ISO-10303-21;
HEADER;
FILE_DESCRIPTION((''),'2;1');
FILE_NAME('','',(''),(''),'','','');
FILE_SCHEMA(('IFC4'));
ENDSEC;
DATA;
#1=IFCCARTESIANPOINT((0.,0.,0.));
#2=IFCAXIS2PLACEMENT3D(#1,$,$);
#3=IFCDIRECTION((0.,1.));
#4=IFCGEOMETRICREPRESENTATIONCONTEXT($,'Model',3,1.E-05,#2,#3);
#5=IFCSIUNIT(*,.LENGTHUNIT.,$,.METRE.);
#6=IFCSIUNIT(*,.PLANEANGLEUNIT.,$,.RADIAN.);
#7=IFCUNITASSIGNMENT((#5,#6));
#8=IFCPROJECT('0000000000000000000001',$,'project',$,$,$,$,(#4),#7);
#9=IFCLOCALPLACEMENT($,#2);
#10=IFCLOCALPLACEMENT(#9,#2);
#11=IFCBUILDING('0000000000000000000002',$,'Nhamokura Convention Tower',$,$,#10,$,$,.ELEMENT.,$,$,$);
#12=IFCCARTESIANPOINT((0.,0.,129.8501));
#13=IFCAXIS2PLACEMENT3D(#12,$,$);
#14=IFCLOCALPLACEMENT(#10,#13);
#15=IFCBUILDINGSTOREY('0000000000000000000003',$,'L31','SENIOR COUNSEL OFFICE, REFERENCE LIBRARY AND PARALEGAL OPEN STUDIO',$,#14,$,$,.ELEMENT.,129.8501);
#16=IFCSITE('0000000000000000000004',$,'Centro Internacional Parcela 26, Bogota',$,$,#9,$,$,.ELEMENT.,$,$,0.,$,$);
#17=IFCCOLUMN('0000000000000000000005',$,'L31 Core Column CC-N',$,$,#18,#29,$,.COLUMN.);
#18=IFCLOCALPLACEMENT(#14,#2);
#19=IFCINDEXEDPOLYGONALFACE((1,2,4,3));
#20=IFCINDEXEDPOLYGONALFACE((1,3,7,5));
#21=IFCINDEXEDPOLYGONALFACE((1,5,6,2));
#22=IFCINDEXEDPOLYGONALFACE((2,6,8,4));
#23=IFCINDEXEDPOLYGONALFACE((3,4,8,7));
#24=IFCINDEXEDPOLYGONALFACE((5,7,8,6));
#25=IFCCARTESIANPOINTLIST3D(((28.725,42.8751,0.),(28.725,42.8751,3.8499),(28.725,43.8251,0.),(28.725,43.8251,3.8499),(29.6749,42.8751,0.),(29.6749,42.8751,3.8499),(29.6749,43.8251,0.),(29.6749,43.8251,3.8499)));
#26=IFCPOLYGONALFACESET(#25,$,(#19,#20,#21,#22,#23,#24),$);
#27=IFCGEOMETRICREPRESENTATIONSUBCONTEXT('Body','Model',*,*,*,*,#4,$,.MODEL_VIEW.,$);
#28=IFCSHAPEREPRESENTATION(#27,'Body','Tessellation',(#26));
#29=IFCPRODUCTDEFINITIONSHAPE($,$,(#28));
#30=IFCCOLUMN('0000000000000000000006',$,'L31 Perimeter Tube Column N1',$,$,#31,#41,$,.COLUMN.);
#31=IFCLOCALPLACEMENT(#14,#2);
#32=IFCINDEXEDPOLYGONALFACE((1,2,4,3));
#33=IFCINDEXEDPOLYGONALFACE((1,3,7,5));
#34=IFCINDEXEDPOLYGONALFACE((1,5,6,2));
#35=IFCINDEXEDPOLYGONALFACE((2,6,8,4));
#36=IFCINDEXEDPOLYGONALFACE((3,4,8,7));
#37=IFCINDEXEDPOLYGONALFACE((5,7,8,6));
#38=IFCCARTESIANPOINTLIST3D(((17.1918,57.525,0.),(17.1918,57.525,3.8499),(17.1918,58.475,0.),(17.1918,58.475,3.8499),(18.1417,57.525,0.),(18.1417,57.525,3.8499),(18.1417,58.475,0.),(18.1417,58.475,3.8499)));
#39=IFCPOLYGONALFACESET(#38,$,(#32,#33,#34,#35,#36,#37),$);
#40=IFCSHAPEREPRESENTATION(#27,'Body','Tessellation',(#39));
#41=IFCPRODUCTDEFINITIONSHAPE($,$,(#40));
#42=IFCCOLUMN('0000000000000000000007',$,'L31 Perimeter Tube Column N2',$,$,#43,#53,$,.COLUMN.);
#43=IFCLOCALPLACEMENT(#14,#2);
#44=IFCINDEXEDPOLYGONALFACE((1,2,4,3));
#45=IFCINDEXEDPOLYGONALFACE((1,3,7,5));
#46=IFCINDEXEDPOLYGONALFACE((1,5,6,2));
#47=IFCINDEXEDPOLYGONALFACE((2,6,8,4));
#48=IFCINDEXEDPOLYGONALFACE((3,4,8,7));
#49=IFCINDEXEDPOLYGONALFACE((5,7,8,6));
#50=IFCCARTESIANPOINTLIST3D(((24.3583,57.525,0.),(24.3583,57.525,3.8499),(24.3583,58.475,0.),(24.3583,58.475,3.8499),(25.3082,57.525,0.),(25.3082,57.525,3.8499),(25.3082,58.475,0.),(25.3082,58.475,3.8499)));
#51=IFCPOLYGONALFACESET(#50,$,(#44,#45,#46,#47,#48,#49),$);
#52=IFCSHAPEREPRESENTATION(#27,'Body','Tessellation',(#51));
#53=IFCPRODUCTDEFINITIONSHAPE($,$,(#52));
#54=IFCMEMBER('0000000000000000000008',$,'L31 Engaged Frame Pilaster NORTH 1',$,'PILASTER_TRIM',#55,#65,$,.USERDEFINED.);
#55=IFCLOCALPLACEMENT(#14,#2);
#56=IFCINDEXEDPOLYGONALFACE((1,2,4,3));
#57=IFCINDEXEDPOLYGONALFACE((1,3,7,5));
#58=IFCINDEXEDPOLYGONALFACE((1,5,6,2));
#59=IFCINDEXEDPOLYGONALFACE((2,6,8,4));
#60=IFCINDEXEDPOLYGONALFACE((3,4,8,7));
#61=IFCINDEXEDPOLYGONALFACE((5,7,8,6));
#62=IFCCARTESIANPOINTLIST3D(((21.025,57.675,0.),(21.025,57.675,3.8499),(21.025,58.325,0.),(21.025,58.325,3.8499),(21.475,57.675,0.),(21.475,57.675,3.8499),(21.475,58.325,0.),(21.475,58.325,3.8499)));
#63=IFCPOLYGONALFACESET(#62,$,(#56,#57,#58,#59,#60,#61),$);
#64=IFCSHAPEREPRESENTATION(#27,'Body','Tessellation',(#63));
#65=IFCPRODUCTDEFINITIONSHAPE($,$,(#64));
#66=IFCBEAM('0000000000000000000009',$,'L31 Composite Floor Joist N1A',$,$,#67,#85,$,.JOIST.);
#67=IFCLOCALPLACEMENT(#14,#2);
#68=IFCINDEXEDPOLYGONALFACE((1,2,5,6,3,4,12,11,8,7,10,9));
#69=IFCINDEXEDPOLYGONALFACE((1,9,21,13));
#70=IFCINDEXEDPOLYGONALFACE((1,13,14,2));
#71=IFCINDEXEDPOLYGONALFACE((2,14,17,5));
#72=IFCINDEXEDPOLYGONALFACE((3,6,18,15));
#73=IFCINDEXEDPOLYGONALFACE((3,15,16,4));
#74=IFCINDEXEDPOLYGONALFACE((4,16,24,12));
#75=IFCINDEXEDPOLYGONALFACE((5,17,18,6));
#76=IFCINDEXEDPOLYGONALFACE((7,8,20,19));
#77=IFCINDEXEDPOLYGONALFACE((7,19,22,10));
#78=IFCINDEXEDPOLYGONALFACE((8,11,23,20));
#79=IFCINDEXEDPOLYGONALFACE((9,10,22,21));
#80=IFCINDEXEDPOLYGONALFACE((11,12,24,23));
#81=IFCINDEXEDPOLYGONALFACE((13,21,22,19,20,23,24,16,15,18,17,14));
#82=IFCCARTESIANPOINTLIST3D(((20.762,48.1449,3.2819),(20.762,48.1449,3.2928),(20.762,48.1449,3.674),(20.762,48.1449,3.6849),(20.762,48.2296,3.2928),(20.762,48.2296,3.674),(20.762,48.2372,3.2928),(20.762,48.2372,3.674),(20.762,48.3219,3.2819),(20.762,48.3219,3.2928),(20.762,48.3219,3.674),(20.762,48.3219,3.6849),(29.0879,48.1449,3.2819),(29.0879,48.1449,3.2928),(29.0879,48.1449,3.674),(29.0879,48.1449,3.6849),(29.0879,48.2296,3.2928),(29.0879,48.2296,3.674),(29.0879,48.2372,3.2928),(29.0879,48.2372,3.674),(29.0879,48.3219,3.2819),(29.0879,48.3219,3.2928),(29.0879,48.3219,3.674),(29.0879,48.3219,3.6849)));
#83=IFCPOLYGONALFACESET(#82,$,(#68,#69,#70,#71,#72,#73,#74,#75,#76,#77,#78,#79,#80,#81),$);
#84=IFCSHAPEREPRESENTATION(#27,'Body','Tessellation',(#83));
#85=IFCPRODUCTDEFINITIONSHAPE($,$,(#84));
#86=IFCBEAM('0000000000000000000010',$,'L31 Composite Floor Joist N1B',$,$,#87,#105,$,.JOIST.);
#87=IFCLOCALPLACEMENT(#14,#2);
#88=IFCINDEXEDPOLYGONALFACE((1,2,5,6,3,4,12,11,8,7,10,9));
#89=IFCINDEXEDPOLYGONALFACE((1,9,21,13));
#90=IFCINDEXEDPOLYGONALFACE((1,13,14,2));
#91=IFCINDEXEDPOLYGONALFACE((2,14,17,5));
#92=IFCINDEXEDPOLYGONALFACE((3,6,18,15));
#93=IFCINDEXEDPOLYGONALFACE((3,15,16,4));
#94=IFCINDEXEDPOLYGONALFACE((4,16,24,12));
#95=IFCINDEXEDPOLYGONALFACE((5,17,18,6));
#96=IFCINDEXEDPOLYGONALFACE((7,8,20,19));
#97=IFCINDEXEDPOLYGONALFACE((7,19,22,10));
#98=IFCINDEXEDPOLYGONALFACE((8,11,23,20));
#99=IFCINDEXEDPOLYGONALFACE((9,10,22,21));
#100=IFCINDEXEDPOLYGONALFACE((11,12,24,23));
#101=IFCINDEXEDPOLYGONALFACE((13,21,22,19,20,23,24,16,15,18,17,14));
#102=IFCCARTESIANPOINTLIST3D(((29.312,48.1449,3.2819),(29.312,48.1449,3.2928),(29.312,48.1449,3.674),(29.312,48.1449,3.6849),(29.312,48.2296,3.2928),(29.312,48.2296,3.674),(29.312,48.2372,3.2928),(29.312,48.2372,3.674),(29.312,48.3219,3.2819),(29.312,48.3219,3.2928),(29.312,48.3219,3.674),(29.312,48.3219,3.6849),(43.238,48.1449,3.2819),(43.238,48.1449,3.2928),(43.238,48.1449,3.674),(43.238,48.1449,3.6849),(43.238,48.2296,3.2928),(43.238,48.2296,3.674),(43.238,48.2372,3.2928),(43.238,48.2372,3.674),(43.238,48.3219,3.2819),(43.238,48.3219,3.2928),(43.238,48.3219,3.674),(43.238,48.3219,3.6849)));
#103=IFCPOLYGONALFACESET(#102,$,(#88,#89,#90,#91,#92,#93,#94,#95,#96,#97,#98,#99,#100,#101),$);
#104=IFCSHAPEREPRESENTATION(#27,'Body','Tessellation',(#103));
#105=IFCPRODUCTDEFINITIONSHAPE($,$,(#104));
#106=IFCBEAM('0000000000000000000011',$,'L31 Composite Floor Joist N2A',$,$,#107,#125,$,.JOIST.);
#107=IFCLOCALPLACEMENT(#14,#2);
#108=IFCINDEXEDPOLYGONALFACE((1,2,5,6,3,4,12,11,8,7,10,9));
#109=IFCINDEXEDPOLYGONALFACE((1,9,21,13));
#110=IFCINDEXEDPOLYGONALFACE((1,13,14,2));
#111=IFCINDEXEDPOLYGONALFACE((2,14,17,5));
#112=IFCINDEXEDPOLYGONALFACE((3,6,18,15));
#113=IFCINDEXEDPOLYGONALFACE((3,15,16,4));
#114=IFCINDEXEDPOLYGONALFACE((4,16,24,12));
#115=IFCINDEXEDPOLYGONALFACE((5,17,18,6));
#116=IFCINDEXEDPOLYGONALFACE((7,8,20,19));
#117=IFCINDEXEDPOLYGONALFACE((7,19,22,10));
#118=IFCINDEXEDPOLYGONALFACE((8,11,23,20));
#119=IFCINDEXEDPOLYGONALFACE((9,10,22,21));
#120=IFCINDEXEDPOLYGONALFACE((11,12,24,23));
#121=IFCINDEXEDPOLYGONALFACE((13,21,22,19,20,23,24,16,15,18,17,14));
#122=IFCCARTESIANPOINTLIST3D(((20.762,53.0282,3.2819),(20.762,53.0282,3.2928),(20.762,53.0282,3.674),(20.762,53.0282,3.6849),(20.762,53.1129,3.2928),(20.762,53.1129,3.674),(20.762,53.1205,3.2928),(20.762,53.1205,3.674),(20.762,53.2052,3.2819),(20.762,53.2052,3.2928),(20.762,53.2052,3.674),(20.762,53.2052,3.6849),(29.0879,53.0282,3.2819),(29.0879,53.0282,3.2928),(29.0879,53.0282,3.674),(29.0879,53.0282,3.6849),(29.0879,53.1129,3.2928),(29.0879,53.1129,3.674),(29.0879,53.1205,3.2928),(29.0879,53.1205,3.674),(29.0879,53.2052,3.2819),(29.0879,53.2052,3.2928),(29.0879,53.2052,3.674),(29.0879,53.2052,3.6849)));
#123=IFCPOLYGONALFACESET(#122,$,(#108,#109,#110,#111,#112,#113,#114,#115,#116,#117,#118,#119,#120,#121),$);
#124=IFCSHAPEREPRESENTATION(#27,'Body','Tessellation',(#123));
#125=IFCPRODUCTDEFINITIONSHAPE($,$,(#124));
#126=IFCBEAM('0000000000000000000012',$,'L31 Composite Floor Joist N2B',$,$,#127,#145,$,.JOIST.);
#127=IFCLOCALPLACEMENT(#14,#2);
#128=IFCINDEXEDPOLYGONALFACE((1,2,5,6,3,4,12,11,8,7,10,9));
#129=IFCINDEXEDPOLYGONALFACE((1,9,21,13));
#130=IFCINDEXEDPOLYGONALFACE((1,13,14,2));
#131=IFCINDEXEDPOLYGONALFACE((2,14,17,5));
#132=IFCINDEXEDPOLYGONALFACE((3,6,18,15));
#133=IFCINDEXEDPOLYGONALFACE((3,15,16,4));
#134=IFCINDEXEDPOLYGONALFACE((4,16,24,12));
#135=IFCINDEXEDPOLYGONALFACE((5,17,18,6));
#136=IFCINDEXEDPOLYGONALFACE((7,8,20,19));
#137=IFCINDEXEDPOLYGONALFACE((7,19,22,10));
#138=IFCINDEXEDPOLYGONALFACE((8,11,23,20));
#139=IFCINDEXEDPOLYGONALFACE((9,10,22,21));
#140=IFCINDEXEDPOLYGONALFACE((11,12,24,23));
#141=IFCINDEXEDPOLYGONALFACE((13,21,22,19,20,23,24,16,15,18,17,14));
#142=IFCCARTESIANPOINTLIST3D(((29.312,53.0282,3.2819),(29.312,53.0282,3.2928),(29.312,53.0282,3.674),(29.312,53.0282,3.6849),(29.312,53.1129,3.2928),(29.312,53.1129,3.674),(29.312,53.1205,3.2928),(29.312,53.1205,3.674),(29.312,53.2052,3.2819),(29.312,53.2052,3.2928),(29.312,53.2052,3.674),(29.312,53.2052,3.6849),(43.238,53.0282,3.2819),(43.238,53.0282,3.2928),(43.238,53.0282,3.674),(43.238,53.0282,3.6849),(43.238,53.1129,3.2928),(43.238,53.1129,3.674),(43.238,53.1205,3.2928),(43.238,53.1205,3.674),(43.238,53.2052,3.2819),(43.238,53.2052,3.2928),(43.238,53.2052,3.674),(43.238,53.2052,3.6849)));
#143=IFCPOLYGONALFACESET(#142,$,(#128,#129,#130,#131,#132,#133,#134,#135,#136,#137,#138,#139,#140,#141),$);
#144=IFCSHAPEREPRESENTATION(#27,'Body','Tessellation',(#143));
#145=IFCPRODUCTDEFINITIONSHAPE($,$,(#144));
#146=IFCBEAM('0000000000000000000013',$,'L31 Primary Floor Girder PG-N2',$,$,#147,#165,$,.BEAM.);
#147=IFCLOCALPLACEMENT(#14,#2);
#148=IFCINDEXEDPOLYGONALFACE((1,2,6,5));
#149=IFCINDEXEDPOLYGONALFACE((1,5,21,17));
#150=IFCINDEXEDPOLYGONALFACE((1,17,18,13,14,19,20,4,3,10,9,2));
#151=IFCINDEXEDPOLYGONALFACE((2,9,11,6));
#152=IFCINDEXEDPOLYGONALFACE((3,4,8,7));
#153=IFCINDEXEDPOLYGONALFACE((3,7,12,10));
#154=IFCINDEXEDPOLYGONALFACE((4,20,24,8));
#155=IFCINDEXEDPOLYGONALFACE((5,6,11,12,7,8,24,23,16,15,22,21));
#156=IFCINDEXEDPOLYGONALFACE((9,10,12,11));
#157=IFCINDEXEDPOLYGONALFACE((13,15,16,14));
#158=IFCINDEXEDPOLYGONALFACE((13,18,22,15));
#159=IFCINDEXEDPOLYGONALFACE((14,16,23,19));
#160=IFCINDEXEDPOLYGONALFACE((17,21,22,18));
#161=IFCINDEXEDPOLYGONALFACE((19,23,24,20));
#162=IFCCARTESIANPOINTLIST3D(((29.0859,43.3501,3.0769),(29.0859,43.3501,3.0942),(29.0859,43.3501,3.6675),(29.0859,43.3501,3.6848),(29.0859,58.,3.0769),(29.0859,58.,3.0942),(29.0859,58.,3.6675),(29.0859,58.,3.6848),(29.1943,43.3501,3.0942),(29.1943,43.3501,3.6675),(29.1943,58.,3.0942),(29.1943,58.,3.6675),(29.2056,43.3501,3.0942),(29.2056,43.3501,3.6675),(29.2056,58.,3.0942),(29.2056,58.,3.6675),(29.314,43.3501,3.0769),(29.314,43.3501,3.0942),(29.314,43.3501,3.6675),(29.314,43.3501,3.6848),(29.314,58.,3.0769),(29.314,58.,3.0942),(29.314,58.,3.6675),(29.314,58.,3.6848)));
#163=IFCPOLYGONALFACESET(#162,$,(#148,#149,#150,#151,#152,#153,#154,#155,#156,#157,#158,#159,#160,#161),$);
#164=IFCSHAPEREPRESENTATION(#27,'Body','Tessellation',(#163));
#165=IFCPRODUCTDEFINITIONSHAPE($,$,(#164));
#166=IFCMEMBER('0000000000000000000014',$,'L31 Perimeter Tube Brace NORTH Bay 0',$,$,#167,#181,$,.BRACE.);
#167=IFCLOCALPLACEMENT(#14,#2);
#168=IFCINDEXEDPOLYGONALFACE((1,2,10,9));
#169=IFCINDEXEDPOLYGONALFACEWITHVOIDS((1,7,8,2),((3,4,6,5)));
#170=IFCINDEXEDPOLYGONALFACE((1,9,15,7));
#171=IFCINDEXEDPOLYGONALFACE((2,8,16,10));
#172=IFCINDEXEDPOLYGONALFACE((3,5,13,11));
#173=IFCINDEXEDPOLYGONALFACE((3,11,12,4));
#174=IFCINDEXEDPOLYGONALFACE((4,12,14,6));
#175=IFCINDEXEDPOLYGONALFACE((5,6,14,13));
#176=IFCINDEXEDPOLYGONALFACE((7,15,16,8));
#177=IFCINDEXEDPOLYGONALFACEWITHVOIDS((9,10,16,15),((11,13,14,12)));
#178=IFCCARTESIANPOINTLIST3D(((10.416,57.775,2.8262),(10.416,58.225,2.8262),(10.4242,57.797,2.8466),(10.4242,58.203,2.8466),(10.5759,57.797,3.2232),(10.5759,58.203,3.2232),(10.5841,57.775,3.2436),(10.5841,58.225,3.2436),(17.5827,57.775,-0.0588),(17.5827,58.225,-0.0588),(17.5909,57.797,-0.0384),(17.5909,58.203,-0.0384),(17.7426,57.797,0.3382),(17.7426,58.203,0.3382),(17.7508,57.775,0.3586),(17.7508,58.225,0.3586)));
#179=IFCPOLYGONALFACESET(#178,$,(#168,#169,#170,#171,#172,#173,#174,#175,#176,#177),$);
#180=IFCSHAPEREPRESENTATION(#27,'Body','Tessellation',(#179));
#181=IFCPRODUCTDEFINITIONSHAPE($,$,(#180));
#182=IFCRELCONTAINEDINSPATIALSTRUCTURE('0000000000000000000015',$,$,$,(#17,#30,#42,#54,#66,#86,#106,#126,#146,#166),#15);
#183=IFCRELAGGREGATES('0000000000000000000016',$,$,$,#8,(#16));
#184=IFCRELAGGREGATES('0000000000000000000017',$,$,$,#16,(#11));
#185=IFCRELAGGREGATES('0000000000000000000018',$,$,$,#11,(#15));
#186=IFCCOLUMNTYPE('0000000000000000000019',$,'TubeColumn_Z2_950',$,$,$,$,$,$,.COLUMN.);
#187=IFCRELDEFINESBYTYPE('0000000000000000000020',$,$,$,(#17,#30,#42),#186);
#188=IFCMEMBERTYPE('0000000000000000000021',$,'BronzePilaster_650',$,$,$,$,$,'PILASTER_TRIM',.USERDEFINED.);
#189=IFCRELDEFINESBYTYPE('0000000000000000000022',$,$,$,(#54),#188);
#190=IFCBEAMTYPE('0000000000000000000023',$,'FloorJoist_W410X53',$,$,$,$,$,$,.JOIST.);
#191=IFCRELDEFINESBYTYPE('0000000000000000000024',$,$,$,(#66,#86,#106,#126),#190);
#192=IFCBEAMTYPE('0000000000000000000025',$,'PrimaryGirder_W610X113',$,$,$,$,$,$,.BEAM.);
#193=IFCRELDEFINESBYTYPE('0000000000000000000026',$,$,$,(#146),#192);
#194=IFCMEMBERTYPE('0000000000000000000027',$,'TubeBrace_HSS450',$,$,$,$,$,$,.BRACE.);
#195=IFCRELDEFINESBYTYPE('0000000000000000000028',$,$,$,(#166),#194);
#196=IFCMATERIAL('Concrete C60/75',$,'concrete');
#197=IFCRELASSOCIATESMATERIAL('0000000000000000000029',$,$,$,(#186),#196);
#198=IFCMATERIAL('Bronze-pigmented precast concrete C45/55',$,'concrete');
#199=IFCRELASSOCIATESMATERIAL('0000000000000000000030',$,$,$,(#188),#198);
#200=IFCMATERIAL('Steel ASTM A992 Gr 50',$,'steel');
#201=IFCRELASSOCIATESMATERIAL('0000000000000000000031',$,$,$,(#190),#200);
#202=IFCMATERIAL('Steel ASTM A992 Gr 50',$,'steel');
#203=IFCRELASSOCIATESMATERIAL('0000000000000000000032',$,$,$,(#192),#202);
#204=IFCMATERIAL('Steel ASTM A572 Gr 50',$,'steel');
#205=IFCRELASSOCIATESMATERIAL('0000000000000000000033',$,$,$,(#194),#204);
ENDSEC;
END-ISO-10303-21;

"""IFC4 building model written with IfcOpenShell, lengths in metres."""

from ifc_helpers import new_model, si_unit, direction, frame, origin, origin_2d, place, context, subcontext, project, spatial, rectangle, hollow_rectangle, i_section, extrude, material, material_profile, profile_set, type_object, element, save


model = new_model("IFC4")

# Units and contexts
model_context = context("Model", 3, precision=1e-05, world=origin(), true_north=direction((0.0, 1.0)))
body_context = subcontext(model_context, "Body", "Model", "MODEL_VIEW")
ifc_project = project(units=[si_unit("LENGTHUNIT", "METRE"), si_unit("PLANEANGLEUNIT", "RADIAN")], contexts=[model_context])

# Site, building, storey
site_placement = place(None, origin())
site = spatial("IfcSite", under=ifc_project, at=site_placement, Name="Centro Internacional Parcela 26, Bogota", CompositionType="ELEMENT", RefElevation=0.0)
building_placement = place(site_placement, origin())
building = spatial("IfcBuilding", under=site, at=building_placement, Name="Nhamokura Convention Tower", CompositionType="ELEMENT")
storey_placement = place(building_placement, frame((0.0, 0.0, 129.8501)))
storey = spatial("IfcBuildingStorey", under=building, at=storey_placement, Name="L31", Description="SENIOR COUNSEL OFFICE, REFERENCE LIBRARY AND PARALEGAL OPEN STUDIO", CompositionType="ELEMENT", Elevation=129.8501)

# Columns
ifc_material_1 = material(Name="Concrete C60/75", Category="concrete")
ifc_material_profile_1 = material_profile(ifc_material_1, rectangle(XDim=0.95, YDim=0.95, at=origin_2d()))
ifc_profile_set_1 = profile_set([ifc_material_profile_1], Name="Concrete C60/75")
column_type = type_object("IfcColumnType", Name="TubeColumn_Z2_950", PredefinedType="COLUMN", material=ifc_profile_set_1)
for number, where, z_axis, x_axis, name in (
    (1, (29.2, 43.3501, 0.0), (0.0, 0.0, 1.0), (1.0, 0.0, 0.0), "L31 Core Column CC-N"),
    (2, (17.6667, 58.0, 0.0), (0.0, 0.0, 1.0), (1.0, 0.0, 0.0), "L31 Perimeter Tube Column N1"),
    (3, (24.8333, 58.0, 0.0), (0.0, 0.0, 1.0), (1.0, 0.0, 0.0), "L31 Perimeter Tube Column N2"),
):
    element("IfcColumn", number, at=place(storey_placement, frame(where, z_axis=z_axis, x_axis=x_axis)), inside=storey, type_object=column_type, Name=name, PredefinedType="COLUMN", context=body_context, shape_type="SweptSolid", body=[
        extrude(rectangle(XDim=0.95, YDim=0.95, at=origin_2d()), origin(), (0.0, 0.0, 1.0), 3.8499),
    ])

# Member
ifc_material_2 = material(Name="Bronze-pigmented precast concrete C45/55", Category="concrete")
ifc_material_profile_2 = material_profile(ifc_material_2, rectangle(XDim=0.45, YDim=0.6499, at=origin_2d()))
ifc_profile_set_2 = profile_set([ifc_material_profile_2], Name="Bronze-pigmented precast concrete C45/55")
member_type_1 = type_object("IfcMemberType", Name="BronzePilaster_650", ElementType="PILASTER_TRIM", PredefinedType="USERDEFINED", material=ifc_profile_set_2)
member_1_placement = place(storey_placement, frame((21.25, 58.0, 0.0), z_axis=(0.0, 0.0, 1.0), x_axis=(1.0, 0.0, 0.0)))
element("IfcMember", 4, at=member_1_placement, inside=storey, type_object=member_type_1, Name="L31 Engaged Frame Pilaster NORTH 1", ObjectType="PILASTER_TRIM", PredefinedType="USERDEFINED", context=body_context, shape_type="SweptSolid", body=[
    extrude(rectangle(XDim=0.45, YDim=0.6499, at=origin_2d()), origin(), (0.0, 0.0, 1.0), 3.8499),
])

# Beams
ifc_material_3 = material(Name="Steel ASTM A992 Gr 50", Category="steel")
ifc_material_profile_3 = material_profile(ifc_material_3, i_section(OverallWidth=0.177, OverallDepth=0.4031, WebThickness=0.0076, FlangeThickness=0.011, at=origin_2d()))
ifc_profile_set_3 = profile_set([ifc_material_profile_3], Name="Steel ASTM A992 Gr 50")
beam_type_1 = type_object("IfcBeamType", Name="FloorJoist_W410X53", PredefinedType="JOIST", material=ifc_profile_set_3)
beam_1_placement = place(storey_placement, frame((20.762, 48.2334, 3.4834), z_axis=(1.0, 0.0, 0.0), x_axis=(0.0, 1.0, 0.0)))
element("IfcBeam", 5, at=beam_1_placement, inside=storey, type_object=beam_type_1, Name="L31 Composite Floor Joist N1A", PredefinedType="JOIST", context=body_context, shape_type="SweptSolid", body=[
    extrude(i_section(OverallWidth=0.177, OverallDepth=0.4031, WebThickness=0.0076, FlangeThickness=0.011, at=origin_2d()), origin(), (0.0, 0.0, 1.0), 8.3259),
])
beam_2_placement = place(storey_placement, frame((29.312, 48.2334, 3.4834), z_axis=(1.0, 0.0, 0.0), x_axis=(0.0, 1.0, 0.0)))
element("IfcBeam", 6, at=beam_2_placement, inside=storey, type_object=beam_type_1, Name="L31 Composite Floor Joist N1B", PredefinedType="JOIST", context=body_context, shape_type="SweptSolid", body=[
    extrude(i_section(OverallWidth=0.177, OverallDepth=0.4031, WebThickness=0.0076, FlangeThickness=0.011, at=origin_2d()), origin(), (0.0, 0.0, 1.0), 13.926),
])
beam_3_placement = place(storey_placement, frame((20.762, 53.1167, 3.4834), z_axis=(1.0, 0.0, 0.0), x_axis=(0.0, 1.0, 0.0)))
element("IfcBeam", 7, at=beam_3_placement, inside=storey, type_object=beam_type_1, Name="L31 Composite Floor Joist N2A", PredefinedType="JOIST", context=body_context, shape_type="SweptSolid", body=[
    extrude(i_section(OverallWidth=0.177, OverallDepth=0.4031, WebThickness=0.0076, FlangeThickness=0.011, at=origin_2d()), origin(), (0.0, 0.0, 1.0), 8.3259),
])
beam_4_placement = place(storey_placement, frame((29.312, 53.1167, 3.4834), z_axis=(1.0, 0.0, 0.0), x_axis=(0.0, 1.0, 0.0)))
element("IfcBeam", 8, at=beam_4_placement, inside=storey, type_object=beam_type_1, Name="L31 Composite Floor Joist N2B", PredefinedType="JOIST", context=body_context, shape_type="SweptSolid", body=[
    extrude(i_section(OverallWidth=0.177, OverallDepth=0.4031, WebThickness=0.0076, FlangeThickness=0.011, at=origin_2d()), origin(), (0.0, 0.0, 1.0), 13.926),
])
ifc_material_4 = material(Name="Steel ASTM A992 Gr 50", Category="steel")
ifc_material_profile_4 = material_profile(ifc_material_4, i_section(OverallWidth=0.228, OverallDepth=0.6079, WebThickness=0.0112, FlangeThickness=0.0173, at=origin_2d()))
ifc_profile_set_4 = profile_set([ifc_material_profile_4], Name="Steel ASTM A992 Gr 50")
beam_type_2 = type_object("IfcBeamType", Name="PrimaryGirder_W610X113", PredefinedType="BEAM", material=ifc_profile_set_4)
beam_5_placement = place(storey_placement, frame((29.2, 43.3501, 3.3809), z_axis=(0.0, 1.0, 0.0), x_axis=(-1.0, 0.0, 0.0)))
element("IfcBeam", 9, at=beam_5_placement, inside=storey, type_object=beam_type_2, Name="L31 Primary Floor Girder PG-N2", PredefinedType="BEAM", context=body_context, shape_type="SweptSolid", body=[
    extrude(i_section(OverallWidth=0.228, OverallDepth=0.6079, WebThickness=0.0112, FlangeThickness=0.0173, at=origin_2d()), origin(), (0.0, 0.0, 1.0), 14.6499),
])

# Member
ifc_material_5 = material(Name="Steel ASTM A572 Gr 50", Category="steel")
ifc_material_profile_5 = material_profile(ifc_material_5, hollow_rectangle(XDim=0.45, YDim=0.45, WallThickness=0.022, at=origin_2d()))
ifc_profile_set_5 = profile_set([ifc_material_profile_5], Name="Steel ASTM A572 Gr 50")
member_type_2 = type_object("IfcMemberType", Name="TubeBrace_HSS450", PredefinedType="BRACE", material=ifc_profile_set_5)
member_2_placement = place(storey_placement, frame((17.6667, 58.0, 0.1499), z_axis=(-0.927657, 0.0, 0.373433), x_axis=(0.0, -1.0, 0.0)))
element("IfcMember", 10, at=member_2_placement, inside=storey, type_object=member_type_2, Name="L31 Perimeter Tube Brace NORTH Bay 0", PredefinedType="BRACE", context=body_context, shape_type="SweptSolid", body=[
    extrude(hollow_rectangle(XDim=0.45, YDim=0.45, WallThickness=0.022, at=origin_2d()), origin(), (0.0, 0.0, 1.0), 7.7256),
])

save(model, "model.ifc")
